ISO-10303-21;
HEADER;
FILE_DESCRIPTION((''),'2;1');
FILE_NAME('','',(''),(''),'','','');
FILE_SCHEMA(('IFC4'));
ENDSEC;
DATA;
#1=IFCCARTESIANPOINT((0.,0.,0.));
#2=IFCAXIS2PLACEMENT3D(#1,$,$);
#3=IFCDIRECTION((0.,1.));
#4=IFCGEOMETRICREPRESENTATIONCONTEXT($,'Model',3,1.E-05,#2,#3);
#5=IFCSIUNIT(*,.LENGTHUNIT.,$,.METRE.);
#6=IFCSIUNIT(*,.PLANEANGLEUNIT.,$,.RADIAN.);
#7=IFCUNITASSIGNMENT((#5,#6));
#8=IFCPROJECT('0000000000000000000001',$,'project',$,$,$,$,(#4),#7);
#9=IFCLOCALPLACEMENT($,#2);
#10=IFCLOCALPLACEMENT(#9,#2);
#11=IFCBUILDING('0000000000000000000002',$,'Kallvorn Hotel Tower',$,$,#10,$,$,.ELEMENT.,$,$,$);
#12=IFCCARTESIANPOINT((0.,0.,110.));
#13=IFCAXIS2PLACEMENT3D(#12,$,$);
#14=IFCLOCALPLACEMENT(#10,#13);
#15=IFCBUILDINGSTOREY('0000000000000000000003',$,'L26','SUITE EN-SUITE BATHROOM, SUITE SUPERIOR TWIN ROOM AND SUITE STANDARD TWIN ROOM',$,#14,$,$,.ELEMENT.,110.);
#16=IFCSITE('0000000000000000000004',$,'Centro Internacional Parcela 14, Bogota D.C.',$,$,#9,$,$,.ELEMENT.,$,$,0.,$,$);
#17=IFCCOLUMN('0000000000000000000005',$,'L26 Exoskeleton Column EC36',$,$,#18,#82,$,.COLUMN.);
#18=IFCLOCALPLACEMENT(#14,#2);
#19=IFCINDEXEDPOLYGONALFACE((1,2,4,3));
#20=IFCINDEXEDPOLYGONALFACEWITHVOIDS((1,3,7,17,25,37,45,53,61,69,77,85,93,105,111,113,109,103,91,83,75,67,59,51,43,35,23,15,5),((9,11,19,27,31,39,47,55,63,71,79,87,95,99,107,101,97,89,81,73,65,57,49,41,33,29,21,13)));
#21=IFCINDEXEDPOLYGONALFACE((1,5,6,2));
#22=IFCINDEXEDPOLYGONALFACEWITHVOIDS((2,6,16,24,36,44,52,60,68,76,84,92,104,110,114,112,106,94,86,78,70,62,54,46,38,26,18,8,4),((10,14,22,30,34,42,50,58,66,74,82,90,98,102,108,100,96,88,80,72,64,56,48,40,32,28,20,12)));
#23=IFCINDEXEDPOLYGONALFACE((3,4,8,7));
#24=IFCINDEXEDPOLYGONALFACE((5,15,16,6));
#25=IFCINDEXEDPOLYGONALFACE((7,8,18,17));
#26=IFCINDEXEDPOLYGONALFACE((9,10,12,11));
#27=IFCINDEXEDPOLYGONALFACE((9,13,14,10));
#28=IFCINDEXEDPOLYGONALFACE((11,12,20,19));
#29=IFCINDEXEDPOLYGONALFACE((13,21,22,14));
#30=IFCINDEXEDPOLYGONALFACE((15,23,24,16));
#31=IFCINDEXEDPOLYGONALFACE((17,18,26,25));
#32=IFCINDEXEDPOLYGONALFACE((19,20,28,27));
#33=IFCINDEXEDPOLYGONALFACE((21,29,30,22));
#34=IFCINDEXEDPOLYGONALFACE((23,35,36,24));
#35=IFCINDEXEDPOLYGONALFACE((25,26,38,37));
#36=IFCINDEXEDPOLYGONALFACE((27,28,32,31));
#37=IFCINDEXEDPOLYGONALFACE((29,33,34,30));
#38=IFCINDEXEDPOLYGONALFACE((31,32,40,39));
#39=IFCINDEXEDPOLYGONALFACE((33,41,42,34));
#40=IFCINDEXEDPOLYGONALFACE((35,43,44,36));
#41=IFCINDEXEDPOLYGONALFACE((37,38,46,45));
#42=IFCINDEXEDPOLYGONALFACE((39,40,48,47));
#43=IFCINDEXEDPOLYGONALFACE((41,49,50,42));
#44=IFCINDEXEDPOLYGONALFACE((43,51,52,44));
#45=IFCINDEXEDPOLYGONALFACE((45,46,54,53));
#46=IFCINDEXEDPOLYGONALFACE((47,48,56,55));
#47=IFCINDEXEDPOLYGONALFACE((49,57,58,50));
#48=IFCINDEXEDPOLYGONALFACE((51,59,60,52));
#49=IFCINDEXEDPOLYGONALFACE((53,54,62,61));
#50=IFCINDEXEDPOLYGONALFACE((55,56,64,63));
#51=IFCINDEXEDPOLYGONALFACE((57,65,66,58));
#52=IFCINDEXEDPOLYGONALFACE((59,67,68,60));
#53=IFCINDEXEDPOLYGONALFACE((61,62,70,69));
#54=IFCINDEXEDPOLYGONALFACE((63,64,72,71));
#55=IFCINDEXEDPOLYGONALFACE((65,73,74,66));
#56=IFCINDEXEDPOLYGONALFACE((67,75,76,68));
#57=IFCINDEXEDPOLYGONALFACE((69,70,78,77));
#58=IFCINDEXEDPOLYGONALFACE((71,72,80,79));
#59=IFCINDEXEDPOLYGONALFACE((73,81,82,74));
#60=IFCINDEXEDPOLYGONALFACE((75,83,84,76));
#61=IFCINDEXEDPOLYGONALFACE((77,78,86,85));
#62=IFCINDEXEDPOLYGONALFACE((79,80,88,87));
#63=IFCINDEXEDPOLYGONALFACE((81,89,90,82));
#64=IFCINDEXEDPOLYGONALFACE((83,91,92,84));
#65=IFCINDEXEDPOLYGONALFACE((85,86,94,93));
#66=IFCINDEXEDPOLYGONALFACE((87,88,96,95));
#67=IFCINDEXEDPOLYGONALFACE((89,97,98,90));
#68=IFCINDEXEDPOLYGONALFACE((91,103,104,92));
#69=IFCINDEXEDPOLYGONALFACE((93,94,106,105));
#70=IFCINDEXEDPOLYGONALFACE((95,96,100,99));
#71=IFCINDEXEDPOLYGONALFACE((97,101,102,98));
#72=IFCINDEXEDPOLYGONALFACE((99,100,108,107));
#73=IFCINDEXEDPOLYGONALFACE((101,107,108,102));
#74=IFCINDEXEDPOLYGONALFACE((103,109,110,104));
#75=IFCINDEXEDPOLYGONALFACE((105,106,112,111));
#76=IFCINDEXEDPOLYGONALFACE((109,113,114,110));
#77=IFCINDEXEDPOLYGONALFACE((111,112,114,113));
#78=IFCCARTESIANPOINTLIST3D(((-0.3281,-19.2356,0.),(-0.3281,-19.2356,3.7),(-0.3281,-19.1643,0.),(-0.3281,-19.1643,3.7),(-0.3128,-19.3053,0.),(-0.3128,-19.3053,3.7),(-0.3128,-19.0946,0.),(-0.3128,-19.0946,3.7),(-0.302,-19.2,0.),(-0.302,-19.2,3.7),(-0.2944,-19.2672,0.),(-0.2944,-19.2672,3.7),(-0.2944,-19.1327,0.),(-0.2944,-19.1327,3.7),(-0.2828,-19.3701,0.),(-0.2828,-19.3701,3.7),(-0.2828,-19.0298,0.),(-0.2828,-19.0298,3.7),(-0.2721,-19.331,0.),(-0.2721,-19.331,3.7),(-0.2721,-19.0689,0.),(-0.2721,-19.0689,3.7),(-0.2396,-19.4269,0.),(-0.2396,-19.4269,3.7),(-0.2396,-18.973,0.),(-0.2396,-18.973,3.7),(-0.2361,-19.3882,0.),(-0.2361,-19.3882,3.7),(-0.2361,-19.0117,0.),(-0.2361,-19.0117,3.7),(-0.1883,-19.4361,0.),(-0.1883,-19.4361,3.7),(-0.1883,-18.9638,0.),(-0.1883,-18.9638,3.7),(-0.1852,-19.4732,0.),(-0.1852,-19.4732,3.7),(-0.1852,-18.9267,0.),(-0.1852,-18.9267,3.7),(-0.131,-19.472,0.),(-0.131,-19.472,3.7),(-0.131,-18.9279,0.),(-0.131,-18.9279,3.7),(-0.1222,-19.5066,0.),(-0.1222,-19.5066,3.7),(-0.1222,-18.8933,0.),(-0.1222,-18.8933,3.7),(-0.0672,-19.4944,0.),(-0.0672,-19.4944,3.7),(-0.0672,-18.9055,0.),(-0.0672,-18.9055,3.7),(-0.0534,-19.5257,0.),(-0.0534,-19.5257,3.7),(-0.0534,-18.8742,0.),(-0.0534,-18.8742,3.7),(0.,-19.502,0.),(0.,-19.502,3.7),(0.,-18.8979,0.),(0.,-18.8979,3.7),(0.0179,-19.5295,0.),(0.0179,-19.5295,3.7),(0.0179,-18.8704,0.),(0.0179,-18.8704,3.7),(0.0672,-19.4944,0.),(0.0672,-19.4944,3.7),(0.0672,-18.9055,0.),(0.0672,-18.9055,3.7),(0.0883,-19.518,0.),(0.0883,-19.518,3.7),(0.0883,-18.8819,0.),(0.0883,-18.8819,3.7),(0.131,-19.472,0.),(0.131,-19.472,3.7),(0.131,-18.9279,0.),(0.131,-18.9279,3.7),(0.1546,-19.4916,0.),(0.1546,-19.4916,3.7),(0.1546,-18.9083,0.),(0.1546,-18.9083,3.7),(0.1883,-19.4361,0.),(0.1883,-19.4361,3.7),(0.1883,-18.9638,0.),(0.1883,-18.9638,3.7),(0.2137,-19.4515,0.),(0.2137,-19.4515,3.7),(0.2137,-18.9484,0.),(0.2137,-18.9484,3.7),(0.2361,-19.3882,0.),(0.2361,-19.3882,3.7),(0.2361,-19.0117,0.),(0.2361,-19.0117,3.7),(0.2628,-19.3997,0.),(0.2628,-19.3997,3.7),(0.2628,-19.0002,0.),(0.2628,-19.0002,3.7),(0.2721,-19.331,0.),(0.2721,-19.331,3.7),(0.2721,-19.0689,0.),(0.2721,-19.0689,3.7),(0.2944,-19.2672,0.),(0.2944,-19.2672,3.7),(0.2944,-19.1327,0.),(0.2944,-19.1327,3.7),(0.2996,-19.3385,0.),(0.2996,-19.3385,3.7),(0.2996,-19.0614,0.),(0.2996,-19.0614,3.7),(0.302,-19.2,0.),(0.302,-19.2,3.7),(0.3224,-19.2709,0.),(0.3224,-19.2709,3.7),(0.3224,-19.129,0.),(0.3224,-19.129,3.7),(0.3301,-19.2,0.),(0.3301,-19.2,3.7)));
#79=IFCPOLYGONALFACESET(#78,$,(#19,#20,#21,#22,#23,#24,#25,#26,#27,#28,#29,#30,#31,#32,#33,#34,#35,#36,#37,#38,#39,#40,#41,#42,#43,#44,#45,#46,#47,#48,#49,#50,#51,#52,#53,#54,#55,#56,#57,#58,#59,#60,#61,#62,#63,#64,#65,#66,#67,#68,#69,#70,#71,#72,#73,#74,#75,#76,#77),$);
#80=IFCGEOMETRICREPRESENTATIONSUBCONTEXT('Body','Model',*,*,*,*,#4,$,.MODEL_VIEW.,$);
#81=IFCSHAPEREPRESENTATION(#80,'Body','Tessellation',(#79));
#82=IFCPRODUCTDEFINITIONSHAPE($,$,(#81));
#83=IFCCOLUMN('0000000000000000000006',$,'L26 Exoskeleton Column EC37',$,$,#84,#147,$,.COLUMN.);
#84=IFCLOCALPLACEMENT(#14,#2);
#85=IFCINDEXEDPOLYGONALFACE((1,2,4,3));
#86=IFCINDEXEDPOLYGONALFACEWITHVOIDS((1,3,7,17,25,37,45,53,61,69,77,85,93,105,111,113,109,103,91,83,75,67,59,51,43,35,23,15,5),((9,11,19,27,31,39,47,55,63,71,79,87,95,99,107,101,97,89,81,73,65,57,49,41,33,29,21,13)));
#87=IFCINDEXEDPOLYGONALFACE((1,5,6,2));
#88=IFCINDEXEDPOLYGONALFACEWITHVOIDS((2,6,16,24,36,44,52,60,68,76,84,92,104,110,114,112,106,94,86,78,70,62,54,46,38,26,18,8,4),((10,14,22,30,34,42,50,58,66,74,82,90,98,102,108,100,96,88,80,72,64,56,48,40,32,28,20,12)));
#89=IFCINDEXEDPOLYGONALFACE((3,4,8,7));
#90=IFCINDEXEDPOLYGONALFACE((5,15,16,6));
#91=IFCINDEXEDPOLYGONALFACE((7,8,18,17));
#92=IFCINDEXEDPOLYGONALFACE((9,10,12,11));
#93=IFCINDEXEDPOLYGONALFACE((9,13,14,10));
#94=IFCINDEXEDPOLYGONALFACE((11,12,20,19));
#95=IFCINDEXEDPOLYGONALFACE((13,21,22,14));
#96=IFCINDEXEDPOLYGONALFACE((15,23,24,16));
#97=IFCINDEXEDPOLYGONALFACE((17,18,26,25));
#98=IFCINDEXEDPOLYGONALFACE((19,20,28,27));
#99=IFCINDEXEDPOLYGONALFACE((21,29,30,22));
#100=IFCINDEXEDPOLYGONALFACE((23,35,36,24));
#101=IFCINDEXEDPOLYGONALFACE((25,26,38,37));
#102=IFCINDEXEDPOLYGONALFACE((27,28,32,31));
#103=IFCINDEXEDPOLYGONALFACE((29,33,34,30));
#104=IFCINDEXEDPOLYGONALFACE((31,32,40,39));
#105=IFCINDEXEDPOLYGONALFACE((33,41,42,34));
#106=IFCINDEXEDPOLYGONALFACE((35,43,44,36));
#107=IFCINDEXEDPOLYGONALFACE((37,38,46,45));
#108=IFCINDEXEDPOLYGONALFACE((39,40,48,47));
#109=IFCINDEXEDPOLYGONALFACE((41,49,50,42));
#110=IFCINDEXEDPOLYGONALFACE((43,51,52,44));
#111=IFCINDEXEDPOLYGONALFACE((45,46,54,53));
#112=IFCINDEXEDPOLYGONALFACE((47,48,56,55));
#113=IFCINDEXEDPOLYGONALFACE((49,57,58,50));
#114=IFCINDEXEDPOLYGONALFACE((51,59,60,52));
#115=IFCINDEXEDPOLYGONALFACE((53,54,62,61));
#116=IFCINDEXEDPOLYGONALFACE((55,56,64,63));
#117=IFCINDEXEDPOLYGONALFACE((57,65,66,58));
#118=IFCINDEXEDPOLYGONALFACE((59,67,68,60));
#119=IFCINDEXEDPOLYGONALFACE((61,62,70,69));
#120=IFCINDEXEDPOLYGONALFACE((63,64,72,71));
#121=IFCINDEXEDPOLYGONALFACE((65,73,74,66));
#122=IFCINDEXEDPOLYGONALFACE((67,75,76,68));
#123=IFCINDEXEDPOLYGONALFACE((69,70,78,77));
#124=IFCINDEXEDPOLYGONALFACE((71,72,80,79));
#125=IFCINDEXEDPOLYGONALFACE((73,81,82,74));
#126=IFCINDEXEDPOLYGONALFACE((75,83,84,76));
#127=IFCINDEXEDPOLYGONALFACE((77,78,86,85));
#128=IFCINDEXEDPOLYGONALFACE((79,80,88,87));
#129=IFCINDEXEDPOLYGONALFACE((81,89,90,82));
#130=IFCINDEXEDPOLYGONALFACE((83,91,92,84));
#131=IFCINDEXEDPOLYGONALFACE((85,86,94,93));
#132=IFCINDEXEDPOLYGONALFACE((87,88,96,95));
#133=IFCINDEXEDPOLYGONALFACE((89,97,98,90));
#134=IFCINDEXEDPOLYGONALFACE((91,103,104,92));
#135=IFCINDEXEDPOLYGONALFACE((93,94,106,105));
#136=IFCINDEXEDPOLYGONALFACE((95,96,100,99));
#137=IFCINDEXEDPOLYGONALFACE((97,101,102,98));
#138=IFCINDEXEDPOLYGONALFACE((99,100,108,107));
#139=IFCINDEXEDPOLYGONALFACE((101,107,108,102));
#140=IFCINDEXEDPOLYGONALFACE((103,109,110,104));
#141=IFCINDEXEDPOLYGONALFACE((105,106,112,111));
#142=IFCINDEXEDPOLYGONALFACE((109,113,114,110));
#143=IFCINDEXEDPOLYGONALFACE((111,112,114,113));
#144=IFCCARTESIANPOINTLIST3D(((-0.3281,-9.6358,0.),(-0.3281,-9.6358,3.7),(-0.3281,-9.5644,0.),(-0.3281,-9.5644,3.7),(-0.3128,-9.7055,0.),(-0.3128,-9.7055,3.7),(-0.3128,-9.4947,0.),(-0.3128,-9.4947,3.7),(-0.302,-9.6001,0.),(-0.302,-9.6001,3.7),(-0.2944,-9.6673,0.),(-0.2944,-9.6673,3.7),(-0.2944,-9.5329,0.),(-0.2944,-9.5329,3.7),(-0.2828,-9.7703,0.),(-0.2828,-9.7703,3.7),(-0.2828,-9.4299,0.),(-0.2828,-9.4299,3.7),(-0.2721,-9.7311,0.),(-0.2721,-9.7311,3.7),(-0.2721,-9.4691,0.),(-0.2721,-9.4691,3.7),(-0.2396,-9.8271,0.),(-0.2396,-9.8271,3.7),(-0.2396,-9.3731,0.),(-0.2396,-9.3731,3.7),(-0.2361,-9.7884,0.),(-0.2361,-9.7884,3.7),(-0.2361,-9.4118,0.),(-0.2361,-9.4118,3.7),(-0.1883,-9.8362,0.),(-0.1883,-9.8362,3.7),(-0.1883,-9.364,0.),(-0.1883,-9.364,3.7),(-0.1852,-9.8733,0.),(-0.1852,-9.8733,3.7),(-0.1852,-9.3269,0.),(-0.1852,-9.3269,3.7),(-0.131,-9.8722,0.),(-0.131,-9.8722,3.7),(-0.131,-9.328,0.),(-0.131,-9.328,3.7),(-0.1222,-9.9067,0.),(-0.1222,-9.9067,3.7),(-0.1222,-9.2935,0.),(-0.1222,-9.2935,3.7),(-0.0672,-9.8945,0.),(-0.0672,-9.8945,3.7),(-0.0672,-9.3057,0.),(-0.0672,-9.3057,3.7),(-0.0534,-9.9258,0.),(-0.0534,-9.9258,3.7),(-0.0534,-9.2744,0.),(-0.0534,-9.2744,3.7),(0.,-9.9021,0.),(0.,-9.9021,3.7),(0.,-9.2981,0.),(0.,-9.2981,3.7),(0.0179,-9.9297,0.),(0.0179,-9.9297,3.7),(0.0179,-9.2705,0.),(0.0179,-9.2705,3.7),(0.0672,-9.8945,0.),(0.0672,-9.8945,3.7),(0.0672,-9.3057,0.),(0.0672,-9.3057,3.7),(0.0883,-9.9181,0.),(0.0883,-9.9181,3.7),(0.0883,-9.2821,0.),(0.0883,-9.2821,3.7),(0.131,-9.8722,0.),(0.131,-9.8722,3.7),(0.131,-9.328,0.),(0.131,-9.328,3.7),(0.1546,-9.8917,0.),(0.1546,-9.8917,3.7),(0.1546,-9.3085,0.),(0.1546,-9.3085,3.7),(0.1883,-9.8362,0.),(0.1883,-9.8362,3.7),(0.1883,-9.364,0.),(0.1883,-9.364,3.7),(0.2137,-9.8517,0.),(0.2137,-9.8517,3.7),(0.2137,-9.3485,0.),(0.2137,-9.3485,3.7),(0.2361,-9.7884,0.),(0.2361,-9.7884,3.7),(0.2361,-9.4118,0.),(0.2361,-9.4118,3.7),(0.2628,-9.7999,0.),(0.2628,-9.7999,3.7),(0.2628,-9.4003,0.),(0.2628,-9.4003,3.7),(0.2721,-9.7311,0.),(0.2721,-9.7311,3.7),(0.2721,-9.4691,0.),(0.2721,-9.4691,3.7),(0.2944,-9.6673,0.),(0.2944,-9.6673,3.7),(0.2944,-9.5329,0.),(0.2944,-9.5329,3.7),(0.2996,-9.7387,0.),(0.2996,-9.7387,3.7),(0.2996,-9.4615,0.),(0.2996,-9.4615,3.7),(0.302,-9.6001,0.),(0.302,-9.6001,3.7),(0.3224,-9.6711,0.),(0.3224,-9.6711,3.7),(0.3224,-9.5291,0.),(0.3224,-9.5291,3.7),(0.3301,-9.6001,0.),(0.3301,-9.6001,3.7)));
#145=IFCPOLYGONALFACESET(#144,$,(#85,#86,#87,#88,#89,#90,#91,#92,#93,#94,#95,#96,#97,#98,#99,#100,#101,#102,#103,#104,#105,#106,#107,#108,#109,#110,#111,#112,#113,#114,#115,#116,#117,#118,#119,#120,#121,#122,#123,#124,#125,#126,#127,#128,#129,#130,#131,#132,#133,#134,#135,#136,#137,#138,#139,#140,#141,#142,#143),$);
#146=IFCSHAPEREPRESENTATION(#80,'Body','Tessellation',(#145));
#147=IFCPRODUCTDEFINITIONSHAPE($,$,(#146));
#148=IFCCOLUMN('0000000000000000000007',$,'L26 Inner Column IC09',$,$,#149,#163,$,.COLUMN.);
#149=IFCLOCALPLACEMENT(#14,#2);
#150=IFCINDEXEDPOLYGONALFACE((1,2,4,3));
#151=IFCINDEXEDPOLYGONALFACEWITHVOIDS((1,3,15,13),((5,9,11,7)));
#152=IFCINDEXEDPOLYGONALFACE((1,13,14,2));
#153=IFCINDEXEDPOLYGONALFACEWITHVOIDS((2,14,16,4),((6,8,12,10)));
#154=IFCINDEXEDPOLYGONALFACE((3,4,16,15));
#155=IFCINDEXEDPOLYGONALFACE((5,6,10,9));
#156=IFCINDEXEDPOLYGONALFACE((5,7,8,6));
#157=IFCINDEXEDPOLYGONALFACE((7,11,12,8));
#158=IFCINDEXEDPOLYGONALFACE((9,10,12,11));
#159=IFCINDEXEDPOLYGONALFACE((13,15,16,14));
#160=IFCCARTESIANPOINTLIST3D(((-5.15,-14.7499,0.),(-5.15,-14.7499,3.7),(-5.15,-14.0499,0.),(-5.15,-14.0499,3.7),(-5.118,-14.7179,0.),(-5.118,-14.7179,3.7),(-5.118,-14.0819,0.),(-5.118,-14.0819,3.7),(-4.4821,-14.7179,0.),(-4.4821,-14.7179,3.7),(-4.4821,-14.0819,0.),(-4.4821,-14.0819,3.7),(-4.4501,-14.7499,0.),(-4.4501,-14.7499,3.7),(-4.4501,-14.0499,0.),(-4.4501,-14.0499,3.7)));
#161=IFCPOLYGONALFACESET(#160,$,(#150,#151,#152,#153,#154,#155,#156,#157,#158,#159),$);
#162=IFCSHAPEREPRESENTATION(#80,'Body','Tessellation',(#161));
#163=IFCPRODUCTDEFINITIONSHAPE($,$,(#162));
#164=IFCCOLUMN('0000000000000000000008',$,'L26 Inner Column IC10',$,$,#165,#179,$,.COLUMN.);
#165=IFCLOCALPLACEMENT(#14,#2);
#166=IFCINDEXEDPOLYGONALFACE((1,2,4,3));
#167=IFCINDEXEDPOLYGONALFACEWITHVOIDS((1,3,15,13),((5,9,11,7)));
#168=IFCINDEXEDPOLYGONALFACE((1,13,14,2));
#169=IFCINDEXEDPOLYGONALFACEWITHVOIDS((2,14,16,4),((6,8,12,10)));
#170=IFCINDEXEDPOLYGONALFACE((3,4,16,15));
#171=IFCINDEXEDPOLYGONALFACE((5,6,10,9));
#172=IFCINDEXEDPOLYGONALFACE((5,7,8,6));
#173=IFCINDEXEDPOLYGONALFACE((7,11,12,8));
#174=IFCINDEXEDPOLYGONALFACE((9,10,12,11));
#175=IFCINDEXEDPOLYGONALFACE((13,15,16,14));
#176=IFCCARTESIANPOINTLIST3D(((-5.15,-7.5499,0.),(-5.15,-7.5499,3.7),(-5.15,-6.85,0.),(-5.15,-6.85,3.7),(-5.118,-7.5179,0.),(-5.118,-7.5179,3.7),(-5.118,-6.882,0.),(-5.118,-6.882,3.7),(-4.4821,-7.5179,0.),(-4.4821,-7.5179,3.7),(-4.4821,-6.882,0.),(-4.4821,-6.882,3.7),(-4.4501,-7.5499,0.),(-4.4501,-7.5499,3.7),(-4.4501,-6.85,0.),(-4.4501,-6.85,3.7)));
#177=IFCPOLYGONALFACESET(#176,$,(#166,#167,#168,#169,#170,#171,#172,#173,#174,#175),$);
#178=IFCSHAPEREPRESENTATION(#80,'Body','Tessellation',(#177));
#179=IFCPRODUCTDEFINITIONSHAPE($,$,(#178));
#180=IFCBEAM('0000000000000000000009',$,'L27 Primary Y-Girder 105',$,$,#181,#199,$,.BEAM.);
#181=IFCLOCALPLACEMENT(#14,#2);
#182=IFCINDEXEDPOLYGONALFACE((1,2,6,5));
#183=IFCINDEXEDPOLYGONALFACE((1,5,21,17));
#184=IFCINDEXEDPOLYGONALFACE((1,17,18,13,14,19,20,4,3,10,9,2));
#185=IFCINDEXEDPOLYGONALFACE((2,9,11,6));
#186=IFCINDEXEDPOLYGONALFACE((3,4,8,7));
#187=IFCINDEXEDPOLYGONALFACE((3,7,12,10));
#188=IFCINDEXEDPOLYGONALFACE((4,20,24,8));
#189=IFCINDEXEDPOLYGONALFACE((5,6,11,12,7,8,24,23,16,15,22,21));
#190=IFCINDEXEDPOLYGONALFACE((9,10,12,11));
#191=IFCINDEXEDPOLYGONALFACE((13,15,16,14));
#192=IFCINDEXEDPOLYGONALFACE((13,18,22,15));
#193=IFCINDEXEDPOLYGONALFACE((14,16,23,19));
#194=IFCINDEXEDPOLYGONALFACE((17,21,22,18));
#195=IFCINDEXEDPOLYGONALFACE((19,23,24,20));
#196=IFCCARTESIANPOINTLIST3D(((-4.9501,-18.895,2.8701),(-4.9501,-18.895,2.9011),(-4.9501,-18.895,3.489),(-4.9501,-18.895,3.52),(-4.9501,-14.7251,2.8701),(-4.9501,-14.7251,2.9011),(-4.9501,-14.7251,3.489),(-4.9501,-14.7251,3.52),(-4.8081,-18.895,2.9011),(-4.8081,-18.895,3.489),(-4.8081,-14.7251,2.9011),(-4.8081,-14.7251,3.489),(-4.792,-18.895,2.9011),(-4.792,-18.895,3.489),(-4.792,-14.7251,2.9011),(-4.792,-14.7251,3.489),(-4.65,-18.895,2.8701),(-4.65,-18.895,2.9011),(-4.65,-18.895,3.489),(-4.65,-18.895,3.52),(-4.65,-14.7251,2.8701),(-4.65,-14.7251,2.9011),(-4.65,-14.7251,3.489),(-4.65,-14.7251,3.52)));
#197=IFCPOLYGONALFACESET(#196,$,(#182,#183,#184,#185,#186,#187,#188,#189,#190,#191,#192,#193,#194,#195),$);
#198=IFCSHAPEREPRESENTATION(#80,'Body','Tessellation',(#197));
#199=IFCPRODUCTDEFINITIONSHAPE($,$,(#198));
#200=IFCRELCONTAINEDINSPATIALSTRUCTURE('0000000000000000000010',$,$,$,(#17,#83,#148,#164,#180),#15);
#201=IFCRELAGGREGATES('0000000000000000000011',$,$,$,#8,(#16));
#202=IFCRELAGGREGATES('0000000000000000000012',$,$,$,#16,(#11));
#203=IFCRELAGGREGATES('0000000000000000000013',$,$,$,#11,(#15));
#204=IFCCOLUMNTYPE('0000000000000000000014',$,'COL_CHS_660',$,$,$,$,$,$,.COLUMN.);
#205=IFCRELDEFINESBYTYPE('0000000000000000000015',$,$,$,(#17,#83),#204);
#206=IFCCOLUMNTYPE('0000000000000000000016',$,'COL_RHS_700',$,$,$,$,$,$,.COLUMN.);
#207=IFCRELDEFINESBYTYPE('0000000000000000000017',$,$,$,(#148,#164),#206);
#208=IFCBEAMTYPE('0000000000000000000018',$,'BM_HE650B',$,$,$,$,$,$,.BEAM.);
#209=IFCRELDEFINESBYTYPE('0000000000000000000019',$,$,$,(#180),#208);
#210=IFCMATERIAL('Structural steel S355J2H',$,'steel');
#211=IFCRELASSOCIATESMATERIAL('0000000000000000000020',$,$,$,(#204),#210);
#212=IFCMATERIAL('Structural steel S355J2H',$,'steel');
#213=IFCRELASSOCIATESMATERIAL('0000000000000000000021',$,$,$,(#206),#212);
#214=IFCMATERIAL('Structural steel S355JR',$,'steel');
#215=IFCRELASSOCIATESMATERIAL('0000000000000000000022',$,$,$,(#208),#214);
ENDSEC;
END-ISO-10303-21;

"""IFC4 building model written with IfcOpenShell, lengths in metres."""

from ifc_helpers import new_model, si_unit, direction, frame, origin, origin_2d, place, context, subcontext, project, spatial, hollow_rectangle, hollow_circle, i_section, extrude, material, material_profile, profile_set, type_object, element, save


model = new_model("IFC4")

# Units and contexts
model_context = context("Model", 3, precision=1e-05, world=origin(), true_north=direction((0.0, 1.0)))
body_context = subcontext(model_context, "Body", "Model", "MODEL_VIEW")
ifc_project = project(units=[si_unit("LENGTHUNIT", "METRE"), si_unit("PLANEANGLEUNIT", "RADIAN")], contexts=[model_context])

# Site, building, storey
site_placement = place(None, origin())
site = spatial("IfcSite", under=ifc_project, at=site_placement, Name="Centro Internacional Parcela 14, Bogota D.C.", CompositionType="ELEMENT", RefElevation=0.0)
building_placement = place(site_placement, origin())
building = spatial("IfcBuilding", under=site, at=building_placement, Name="Kallvorn Hotel Tower", CompositionType="ELEMENT")
storey_placement = place(building_placement, frame((0.0, 0.0, 110.0)))
storey = spatial("IfcBuildingStorey", under=building, at=storey_placement, Name="L26", Description="SUITE EN-SUITE BATHROOM, SUITE SUPERIOR TWIN ROOM AND SUITE STANDARD TWIN ROOM", CompositionType="ELEMENT", Elevation=110.0)

# Columns
ifc_material_1 = material(Name="Structural steel S355J2H", Category="steel")
ifc_material_profile_1 = material_profile(ifc_material_1, hollow_circle(Radius=0.3301, WallThickness=0.0281, at=origin_2d()), Name="CHS 660x28")
ifc_profile_set_1 = profile_set([ifc_material_profile_1], Name="Structural steel S355J2H")
column_type_1 = type_object("IfcColumnType", Name="COL_CHS_660", PredefinedType="COLUMN", material=ifc_profile_set_1)
for number, where, z_axis, x_axis, name in (
    (1, (0.0, -19.2, 0.0), (0.0, 0.0, 1.0), (1.0, 0.0, 0.0), "L26 Exoskeleton Column EC36"),
    (2, (0.0, -9.6001, 0.0), (0.0, 0.0, 1.0), (1.0, 0.0, 0.0), "L26 Exoskeleton Column EC37"),
):
    element("IfcColumn", number, at=place(storey_placement, frame(where, z_axis=z_axis, x_axis=x_axis)), inside=storey, type_object=column_type_1, Name=name, PredefinedType="COLUMN", context=body_context, shape_type="SweptSolid", body=[
        extrude(hollow_circle(Radius=0.3301, WallThickness=0.0281, at=origin_2d()), origin(), (0.0, 0.0, 1.0), 3.7),
    ])
ifc_material_2 = material(Name="Structural steel S355J2H", Category="steel")
ifc_material_profile_2 = material_profile(ifc_material_2, hollow_rectangle(XDim=0.7, YDim=0.7, WallThickness=0.032, at=origin_2d()), Name="RHS 700x700x32")
ifc_profile_set_2 = profile_set([ifc_material_profile_2], Name="Structural steel S355J2H")
column_type_2 = type_object("IfcColumnType", Name="COL_RHS_700", PredefinedType="COLUMN", material=ifc_profile_set_2)
for number, where, z_axis, x_axis, name in (
    (3, (-4.8, -14.3999, 0.0), (0.0, 0.0, 1.0), (1.0, 0.0, 0.0), "L26 Inner Column IC09"),
    (4, (-4.8, -7.2, 0.0), (0.0, 0.0, 1.0), (1.0, 0.0, 0.0), "L26 Inner Column IC10"),
):
    element("IfcColumn", number, at=place(storey_placement, frame(where, z_axis=z_axis, x_axis=x_axis)), inside=storey, type_object=column_type_2, Name=name, PredefinedType="COLUMN", context=body_context, shape_type="SweptSolid", body=[
        extrude(hollow_rectangle(XDim=0.7, YDim=0.7, WallThickness=0.032, at=origin_2d()), origin(), (0.0, 0.0, 1.0), 3.7),
    ])

# Beam
ifc_material_3 = material(Name="Structural steel S355JR", Category="steel")
ifc_material_profile_3 = material_profile(ifc_material_3, i_section(OverallWidth=0.3, OverallDepth=0.6499, WebThickness=0.0161, FlangeThickness=0.031, at=origin_2d()), Name="HE 650 B")
ifc_profile_set_3 = profile_set([ifc_material_profile_3], Name="Structural steel S355JR")
beam_type_1 = type_object("IfcBeamType", Name="BM_HE650B", PredefinedType="BEAM", material=ifc_profile_set_3)
beam_1_placement = place(storey_placement, frame((-4.8, -18.895, 3.1951), z_axis=(0.0, 1.0, 0.0), x_axis=(-1.0, 0.0, 0.0)))
element("IfcBeam", 5, at=beam_1_placement, inside=storey, type_object=beam_type_1, Name="L27 Primary Y-Girder 105", PredefinedType="BEAM", context=body_context, shape_type="SweptSolid", body=[
    extrude(i_section(OverallWidth=0.3, OverallDepth=0.6499, WebThickness=0.0161, FlangeThickness=0.031, at=origin_2d()), origin(), (0.0, 0.0, 1.0), 4.1699),
])

save(model, "model.ifc")
